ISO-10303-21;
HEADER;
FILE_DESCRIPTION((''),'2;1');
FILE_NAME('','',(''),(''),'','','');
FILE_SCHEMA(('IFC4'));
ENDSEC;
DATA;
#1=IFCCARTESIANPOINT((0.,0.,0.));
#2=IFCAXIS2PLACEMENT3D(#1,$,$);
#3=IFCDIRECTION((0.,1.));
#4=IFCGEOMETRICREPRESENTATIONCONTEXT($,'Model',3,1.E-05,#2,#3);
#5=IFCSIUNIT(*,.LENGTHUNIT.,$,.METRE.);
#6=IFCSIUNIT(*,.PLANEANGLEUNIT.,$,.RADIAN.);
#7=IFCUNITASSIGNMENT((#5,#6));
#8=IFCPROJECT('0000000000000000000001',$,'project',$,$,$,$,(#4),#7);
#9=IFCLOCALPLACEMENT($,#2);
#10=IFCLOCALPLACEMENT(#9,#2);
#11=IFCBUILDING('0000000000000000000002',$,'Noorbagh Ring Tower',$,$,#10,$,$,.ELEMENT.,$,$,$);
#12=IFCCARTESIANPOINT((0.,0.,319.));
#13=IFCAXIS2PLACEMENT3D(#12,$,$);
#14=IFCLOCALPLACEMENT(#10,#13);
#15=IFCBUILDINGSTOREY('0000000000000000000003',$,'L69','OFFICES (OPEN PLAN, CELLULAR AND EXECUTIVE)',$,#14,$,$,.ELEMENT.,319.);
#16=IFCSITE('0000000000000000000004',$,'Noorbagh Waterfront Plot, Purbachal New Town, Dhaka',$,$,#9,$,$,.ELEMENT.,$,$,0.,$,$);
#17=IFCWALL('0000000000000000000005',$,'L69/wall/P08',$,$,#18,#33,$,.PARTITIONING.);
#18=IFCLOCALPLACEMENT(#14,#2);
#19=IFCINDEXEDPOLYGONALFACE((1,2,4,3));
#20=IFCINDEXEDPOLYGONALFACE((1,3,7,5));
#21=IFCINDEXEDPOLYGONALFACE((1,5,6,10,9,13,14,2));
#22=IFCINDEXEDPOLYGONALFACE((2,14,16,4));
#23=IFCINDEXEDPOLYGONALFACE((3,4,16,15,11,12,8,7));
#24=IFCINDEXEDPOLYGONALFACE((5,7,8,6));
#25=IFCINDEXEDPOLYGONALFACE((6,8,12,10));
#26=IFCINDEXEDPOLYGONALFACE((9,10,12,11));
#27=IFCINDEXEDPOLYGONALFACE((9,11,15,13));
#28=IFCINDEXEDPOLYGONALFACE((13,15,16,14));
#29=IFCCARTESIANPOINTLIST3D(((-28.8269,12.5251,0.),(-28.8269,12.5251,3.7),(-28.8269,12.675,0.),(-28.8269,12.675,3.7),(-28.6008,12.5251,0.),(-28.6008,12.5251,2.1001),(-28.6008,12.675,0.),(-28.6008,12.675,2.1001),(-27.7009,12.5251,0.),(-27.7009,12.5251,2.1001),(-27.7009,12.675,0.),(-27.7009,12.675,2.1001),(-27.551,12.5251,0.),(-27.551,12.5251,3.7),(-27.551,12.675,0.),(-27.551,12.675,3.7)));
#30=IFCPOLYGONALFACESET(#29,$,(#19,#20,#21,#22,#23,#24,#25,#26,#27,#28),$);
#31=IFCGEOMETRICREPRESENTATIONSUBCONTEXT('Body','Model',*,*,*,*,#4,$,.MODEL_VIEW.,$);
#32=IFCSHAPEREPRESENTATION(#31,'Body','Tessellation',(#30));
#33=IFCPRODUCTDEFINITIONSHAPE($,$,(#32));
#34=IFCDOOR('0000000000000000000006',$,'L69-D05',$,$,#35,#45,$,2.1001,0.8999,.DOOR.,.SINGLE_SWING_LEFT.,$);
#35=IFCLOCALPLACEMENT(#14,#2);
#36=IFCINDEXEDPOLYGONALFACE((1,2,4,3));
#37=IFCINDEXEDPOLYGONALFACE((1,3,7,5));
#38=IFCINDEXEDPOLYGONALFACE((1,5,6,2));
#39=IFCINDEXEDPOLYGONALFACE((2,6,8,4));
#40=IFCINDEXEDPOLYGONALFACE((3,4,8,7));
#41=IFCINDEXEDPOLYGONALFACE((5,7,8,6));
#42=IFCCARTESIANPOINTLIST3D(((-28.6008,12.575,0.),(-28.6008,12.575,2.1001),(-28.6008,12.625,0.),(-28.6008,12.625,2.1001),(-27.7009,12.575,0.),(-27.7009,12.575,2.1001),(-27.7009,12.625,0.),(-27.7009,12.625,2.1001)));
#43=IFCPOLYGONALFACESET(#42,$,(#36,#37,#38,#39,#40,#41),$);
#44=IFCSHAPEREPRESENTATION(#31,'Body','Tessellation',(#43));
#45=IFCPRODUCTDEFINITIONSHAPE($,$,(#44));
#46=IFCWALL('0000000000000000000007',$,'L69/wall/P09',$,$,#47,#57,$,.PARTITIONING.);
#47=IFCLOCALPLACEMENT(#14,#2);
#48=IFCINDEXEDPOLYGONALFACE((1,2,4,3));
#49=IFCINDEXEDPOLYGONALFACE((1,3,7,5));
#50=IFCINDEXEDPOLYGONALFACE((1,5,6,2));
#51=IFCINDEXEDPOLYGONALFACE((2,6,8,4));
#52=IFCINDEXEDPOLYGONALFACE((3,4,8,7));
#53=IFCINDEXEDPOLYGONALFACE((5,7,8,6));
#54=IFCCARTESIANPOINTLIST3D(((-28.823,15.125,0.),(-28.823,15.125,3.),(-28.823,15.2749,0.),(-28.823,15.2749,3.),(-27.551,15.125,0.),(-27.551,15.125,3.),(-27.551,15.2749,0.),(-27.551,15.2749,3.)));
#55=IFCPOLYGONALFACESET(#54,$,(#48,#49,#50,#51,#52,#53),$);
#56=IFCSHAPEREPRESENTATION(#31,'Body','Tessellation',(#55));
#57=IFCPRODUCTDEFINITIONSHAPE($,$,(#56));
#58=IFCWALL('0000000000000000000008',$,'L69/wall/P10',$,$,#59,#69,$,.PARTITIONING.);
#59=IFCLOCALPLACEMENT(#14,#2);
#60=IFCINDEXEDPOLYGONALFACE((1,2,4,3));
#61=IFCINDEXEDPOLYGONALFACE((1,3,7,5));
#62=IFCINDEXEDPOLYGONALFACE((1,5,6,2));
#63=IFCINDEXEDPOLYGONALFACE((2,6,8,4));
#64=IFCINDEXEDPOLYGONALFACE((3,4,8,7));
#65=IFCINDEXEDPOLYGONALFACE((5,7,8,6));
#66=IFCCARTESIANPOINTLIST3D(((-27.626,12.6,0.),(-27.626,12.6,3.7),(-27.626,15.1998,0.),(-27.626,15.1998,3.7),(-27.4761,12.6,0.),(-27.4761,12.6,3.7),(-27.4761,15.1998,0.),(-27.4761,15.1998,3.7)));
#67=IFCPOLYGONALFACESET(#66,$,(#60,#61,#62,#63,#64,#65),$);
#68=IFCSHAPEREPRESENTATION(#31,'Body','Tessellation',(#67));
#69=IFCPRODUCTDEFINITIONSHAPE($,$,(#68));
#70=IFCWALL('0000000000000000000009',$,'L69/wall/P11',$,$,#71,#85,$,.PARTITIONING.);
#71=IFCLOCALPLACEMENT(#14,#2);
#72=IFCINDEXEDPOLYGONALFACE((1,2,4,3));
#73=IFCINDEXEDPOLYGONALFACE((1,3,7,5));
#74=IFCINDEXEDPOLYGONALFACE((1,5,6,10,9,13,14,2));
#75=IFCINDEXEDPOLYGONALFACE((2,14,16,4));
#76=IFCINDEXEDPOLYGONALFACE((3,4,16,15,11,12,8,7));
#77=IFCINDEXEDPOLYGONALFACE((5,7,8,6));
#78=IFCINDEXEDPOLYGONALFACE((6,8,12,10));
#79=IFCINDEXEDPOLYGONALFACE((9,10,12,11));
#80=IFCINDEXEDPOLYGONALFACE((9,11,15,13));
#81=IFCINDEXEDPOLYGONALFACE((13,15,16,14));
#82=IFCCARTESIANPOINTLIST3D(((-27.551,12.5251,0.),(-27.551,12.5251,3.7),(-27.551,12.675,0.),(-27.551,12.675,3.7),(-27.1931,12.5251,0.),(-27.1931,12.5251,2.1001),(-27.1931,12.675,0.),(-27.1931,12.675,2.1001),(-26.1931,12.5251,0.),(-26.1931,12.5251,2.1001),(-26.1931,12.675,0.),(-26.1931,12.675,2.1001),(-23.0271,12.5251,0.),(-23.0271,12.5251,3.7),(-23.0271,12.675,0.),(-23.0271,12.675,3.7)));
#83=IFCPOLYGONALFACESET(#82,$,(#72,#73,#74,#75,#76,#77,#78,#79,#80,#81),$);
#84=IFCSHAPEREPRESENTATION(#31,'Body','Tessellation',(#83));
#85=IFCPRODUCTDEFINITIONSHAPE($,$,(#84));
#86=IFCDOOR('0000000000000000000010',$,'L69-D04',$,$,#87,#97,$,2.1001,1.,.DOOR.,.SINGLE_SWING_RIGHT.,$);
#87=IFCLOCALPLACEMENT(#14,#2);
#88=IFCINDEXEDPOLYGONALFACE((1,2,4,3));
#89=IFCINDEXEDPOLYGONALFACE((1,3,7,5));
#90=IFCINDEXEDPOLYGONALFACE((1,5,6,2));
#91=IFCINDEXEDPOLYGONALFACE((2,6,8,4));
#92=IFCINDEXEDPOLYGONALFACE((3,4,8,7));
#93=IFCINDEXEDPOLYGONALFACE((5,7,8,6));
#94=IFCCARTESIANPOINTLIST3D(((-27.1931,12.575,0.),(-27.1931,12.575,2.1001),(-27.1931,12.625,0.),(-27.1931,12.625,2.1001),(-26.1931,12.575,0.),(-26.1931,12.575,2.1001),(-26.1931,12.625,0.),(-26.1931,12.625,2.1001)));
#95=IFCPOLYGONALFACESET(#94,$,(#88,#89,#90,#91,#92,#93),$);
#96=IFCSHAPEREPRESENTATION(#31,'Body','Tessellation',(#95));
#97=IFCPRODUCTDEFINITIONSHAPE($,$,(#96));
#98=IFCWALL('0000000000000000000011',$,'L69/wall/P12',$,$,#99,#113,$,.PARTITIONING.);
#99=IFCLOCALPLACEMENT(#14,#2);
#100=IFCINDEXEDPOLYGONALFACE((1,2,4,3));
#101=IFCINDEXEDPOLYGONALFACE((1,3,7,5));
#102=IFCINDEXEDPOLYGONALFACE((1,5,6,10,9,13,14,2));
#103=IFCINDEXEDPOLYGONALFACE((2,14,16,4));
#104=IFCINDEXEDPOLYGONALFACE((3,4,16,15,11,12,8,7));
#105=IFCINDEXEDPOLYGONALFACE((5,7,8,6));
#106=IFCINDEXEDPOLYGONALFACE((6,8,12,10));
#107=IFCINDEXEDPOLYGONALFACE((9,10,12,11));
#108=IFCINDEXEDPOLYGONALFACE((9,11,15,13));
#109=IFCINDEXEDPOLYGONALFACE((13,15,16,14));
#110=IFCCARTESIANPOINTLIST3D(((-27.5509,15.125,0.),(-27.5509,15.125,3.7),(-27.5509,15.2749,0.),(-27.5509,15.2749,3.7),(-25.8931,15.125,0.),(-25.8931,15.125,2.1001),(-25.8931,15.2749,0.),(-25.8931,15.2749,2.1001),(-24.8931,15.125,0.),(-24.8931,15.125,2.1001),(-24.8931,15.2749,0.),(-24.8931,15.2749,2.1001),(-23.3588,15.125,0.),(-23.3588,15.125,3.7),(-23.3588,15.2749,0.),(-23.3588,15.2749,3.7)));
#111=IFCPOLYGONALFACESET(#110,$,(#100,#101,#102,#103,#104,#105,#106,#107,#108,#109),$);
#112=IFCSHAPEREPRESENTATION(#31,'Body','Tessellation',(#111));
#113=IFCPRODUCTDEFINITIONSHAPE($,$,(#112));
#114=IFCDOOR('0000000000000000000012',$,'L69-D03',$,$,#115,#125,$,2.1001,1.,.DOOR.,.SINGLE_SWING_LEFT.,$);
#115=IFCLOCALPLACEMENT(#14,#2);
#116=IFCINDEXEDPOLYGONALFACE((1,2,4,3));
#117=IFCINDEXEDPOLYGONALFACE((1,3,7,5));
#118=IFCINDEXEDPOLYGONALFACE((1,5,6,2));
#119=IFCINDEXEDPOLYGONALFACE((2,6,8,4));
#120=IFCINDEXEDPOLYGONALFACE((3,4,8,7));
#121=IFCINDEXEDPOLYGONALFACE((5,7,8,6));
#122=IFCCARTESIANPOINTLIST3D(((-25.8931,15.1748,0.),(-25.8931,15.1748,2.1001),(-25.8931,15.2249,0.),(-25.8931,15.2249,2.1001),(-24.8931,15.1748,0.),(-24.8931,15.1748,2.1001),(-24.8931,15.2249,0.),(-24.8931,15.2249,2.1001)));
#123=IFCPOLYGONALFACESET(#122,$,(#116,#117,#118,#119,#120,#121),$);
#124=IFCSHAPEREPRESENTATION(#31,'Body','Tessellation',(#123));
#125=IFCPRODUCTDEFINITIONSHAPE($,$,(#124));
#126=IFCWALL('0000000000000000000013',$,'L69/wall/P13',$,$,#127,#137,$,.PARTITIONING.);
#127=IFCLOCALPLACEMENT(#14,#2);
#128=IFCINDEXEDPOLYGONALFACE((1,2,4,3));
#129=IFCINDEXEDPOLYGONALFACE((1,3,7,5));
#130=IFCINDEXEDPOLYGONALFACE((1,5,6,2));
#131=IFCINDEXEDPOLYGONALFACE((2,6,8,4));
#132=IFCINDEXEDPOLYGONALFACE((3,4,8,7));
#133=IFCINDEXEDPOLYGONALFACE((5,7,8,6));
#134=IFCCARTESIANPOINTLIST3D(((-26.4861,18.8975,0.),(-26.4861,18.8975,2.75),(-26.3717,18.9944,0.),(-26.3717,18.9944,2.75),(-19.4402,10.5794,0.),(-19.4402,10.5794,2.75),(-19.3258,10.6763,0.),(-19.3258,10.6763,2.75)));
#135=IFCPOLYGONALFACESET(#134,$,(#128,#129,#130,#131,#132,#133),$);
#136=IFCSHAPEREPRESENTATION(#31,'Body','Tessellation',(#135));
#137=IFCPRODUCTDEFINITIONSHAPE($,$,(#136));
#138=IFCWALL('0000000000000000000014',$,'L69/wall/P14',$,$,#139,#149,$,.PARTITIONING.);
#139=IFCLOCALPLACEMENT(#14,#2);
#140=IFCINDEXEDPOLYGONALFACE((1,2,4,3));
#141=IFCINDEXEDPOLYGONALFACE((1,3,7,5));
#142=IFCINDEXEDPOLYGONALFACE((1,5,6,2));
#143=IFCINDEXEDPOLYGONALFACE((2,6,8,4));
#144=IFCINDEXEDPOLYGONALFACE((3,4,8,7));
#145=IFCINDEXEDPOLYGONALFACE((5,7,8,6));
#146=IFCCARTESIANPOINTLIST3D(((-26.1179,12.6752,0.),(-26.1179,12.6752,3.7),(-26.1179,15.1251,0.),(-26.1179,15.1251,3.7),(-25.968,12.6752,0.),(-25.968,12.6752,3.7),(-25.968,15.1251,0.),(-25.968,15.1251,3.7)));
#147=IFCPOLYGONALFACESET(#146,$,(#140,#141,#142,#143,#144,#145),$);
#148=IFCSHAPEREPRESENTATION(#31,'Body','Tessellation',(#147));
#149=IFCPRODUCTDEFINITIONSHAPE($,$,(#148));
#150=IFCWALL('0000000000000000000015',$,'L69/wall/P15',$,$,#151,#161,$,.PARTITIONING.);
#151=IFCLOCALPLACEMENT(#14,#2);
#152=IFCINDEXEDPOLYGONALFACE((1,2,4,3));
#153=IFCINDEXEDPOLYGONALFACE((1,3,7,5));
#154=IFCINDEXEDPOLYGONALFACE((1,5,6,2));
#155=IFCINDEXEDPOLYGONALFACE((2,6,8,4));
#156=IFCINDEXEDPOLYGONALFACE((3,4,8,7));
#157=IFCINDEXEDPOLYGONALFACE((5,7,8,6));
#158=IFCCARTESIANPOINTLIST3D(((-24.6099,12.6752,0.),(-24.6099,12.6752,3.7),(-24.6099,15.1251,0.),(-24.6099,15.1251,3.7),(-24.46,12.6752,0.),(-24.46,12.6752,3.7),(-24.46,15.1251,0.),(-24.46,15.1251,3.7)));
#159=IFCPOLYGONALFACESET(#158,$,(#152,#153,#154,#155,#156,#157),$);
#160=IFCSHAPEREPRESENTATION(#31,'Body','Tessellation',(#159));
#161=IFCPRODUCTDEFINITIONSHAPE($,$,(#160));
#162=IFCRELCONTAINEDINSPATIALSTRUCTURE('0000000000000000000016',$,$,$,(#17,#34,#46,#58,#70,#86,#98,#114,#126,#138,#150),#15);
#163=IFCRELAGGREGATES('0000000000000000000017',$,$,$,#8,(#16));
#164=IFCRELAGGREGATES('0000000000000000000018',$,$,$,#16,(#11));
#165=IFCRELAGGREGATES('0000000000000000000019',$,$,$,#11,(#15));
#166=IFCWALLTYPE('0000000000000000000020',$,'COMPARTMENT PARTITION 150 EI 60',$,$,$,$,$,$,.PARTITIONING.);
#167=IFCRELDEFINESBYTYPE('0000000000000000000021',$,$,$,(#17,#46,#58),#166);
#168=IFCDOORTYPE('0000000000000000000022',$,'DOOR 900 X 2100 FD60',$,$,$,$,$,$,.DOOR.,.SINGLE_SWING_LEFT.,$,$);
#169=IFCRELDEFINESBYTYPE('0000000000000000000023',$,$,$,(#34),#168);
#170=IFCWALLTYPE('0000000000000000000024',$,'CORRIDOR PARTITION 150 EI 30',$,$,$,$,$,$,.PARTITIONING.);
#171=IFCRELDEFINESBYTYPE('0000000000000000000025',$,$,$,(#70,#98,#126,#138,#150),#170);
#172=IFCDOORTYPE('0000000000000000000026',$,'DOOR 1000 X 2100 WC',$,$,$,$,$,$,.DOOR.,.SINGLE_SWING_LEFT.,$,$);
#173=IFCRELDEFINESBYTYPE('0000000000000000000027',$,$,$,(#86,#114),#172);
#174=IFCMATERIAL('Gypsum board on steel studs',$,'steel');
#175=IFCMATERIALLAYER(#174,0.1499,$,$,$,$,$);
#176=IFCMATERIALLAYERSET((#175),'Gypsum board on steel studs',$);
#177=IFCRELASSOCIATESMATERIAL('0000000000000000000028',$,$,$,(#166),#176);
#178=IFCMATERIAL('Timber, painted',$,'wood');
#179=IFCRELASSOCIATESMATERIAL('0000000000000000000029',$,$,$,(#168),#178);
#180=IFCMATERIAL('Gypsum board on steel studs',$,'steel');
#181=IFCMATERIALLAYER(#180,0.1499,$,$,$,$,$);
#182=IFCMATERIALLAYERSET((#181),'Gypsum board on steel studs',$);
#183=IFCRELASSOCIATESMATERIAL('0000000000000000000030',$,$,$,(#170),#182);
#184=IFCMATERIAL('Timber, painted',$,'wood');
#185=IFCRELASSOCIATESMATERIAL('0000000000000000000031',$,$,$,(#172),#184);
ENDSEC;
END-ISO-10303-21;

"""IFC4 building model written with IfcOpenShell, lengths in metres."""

from ifc_helpers import new_model, si_unit, direction, frame, frame_2d, origin, place, context, subcontext, project, spatial, rectangle, extrude, material, layer, layer_set, type_object, element, fill, save


model = new_model("IFC4")

# Units and contexts
model_context = context("Model", 3, precision=1e-05, world=origin(), true_north=direction((0.0, 1.0)))
body_context = subcontext(model_context, "Body", "Model", "MODEL_VIEW")
ifc_project = project(units=[si_unit("LENGTHUNIT", "METRE"), si_unit("PLANEANGLEUNIT", "RADIAN")], contexts=[model_context])

# Site, building, storey
site_placement = place(None, origin())
site = spatial("IfcSite", under=ifc_project, at=site_placement, Name="Noorbagh Waterfront Plot, Purbachal New Town, Dhaka", CompositionType="ELEMENT", RefElevation=0.0)
building_placement = place(site_placement, origin())
building = spatial("IfcBuilding", under=site, at=building_placement, Name="Noorbagh Ring Tower", CompositionType="ELEMENT")
storey_placement = place(building_placement, frame((0.0, 0.0, 319.0)))
storey = spatial("IfcBuildingStorey", under=building, at=storey_placement, Name="L69", Description="OFFICES (OPEN PLAN, CELLULAR AND EXECUTIVE)", CompositionType="ELEMENT", Elevation=319.0)

# Shared definitions
ifc_material_1 = material(Name="Gypsum board on steel studs", Category="steel")
ifc_layer_1 = layer(ifc_material_1, 0.1499)
ifc_layer_set_1 = layer_set([ifc_layer_1], Name="Gypsum board on steel studs")
wall_type_1 = type_object("IfcWallType", Name="COMPARTMENT PARTITION 150 EI 60", PredefinedType="PARTITIONING", material=ifc_layer_set_1)

# Wall, opening, door
wall_1_placement = place(storey_placement, frame((-28.8269, 12.6001, 0.0), z_axis=(0.0, 0.0, 1.0), x_axis=(1.0, 0.0, 0.0)))
wall_1 = element("IfcWall", 1, at=wall_1_placement, inside=storey, type_object=wall_type_1, Name="L69/wall/P08", PredefinedType="PARTITIONING", context=body_context, shape_type="SweptSolid", body=[
    extrude(rectangle(XDim=1.2759, YDim=0.1499, at=frame_2d((0.6379, 0.0))), origin(), (0.0, 0.0, 1.0), 3.7),
])
opening_1_placement = place(wall_1_placement, frame((0.2261, 0.0, 0.0)))
opening_1 = element("IfcOpeningElement", 2, at=opening_1_placement, cuts=wall_1, PredefinedType="OPENING", context=body_context, shape_type="SweptSolid", body=[
    extrude(rectangle(XDim=0.8999, YDim=2.1001, at=frame_2d((0.45, 1.05))), frame((0.0, 0.085, 0.0), z_axis=(0.0, -1.0, 0.0), x_axis=(1.0, 0.0, 0.0)), (0.0, 0.0, 1.0), 0.1699),
])
ifc_material_2 = material(Name="Timber, painted", Category="wood")
door_type_1 = type_object("IfcDoorType", Name="DOOR 900 X 2100 FD60", OperationType="SINGLE_SWING_LEFT", PredefinedType="DOOR", material=ifc_material_2)
door_1_placement = place(opening_1_placement, origin())
door_1 = element("IfcDoor", 3, at=door_1_placement, inside=storey, type_object=door_type_1, Name="L69-D05", OperationType="SINGLE_SWING_LEFT", OverallHeight=2.1001, OverallWidth=0.8999, PredefinedType="DOOR", context=body_context, shape_type="SweptSolid", body=[
    extrude(rectangle(XDim=0.8999, YDim=2.1001, at=frame_2d((0.45, 1.05))), frame((0.0, 0.0249, 0.0), z_axis=(0.0, -1.0, 0.0), x_axis=(1.0, 0.0, 0.0)), (0.0, 0.0, 1.0), 0.05),
])
fill(opening_1, door_1)

# Walls
wall_2_placement = place(storey_placement, frame((-28.823, 15.2, 0.0), z_axis=(0.0, 0.0, 1.0), x_axis=(1.0, 0.0, 0.0)))
element("IfcWall", 4, at=wall_2_placement, inside=storey, type_object=wall_type_1, Name="L69/wall/P09", PredefinedType="PARTITIONING", context=body_context, shape_type="SweptSolid", body=[
    extrude(rectangle(XDim=1.272, YDim=0.1499, at=frame_2d((0.636, 0.0))), origin(), (0.0, 0.0, 1.0), 3.0),
])
wall_3_placement = place(storey_placement, frame((-27.551, 12.6001, 0.0), z_axis=(0.0, 0.0, 1.0), x_axis=(0.0, 1.0, 0.0)))
element("IfcWall", 5, at=wall_3_placement, inside=storey, type_object=wall_type_1, Name="L69/wall/P10", PredefinedType="PARTITIONING", context=body_context, shape_type="SweptSolid", body=[
    extrude(rectangle(XDim=2.5999, YDim=0.1499, at=frame_2d((1.2998, 0.0))), origin(), (0.0, 0.0, 1.0), 3.7),
])

# Walls, openings, doors
ifc_material_3 = material(Name="Gypsum board on steel studs", Category="steel")
ifc_layer_2 = layer(ifc_material_3, 0.1499)
ifc_layer_set_2 = layer_set([ifc_layer_2], Name="Gypsum board on steel studs")
wall_type_2 = type_object("IfcWallType", Name="CORRIDOR PARTITION 150 EI 30", PredefinedType="PARTITIONING", material=ifc_layer_set_2)
wall_4_placement = place(storey_placement, frame((-27.551, 12.6001, 0.0), z_axis=(0.0, 0.0, 1.0), x_axis=(1.0, 0.0, 0.0)))
wall_4 = element("IfcWall", 6, at=wall_4_placement, inside=storey, type_object=wall_type_2, Name="L69/wall/P11", PredefinedType="PARTITIONING", context=body_context, shape_type="SweptSolid", body=[
    extrude(rectangle(XDim=4.5239, YDim=0.1499, at=frame_2d((2.262, 0.0))), origin(), (0.0, 0.0, 1.0), 3.7),
])
opening_2_placement = place(wall_4_placement, frame((0.3579, 0.0, 0.0)))
opening_2 = element("IfcOpeningElement", 7, at=opening_2_placement, cuts=wall_4, PredefinedType="OPENING", context=body_context, shape_type="SweptSolid", body=[
    extrude(rectangle(XDim=1.0, YDim=2.1001, at=frame_2d((0.5, 1.05))), frame((0.0, 0.085, 0.0), z_axis=(0.0, -1.0, 0.0), x_axis=(1.0, 0.0, 0.0)), (0.0, 0.0, 1.0), 0.1699),
])
ifc_material_4 = material(Name="Timber, painted", Category="wood")
door_type_2 = type_object("IfcDoorType", Name="DOOR 1000 X 2100 WC", OperationType="SINGLE_SWING_LEFT", PredefinedType="DOOR", material=ifc_material_4)
door_2_placement = place(opening_2_placement, origin())
door_2 = element("IfcDoor", 8, at=door_2_placement, inside=storey, type_object=door_type_2, Name="L69-D04", OperationType="SINGLE_SWING_RIGHT", OverallHeight=2.1001, OverallWidth=1.0, PredefinedType="DOOR", context=body_context, shape_type="SweptSolid", body=[
    extrude(rectangle(XDim=1.0, YDim=2.1001, at=frame_2d((0.5, 1.05))), frame((0.0, 0.0249, 0.0), z_axis=(0.0, -1.0, 0.0), x_axis=(1.0, 0.0, 0.0)), (0.0, 0.0, 1.0), 0.05),
])
fill(opening_2, door_2)
wall_5_placement = place(storey_placement, frame((-27.551, 15.2, 0.0), z_axis=(0.0, 0.0, 1.0), x_axis=(1.0, 0.0, 0.0)))
wall_5 = element("IfcWall", 9, at=wall_5_placement, inside=storey, type_object=wall_type_2, Name="L69/wall/P12", PredefinedType="PARTITIONING", context=body_context, shape_type="SweptSolid", body=[
    extrude(rectangle(XDim=4.1921, YDim=0.1499, at=frame_2d((2.0962, 0.0))), origin(), (0.0, 0.0, 1.0), 3.7),
])
opening_3_placement = place(wall_5_placement, frame((1.658, 0.0, 0.0)))
opening_3 = element("IfcOpeningElement", 10, at=opening_3_placement, cuts=wall_5, PredefinedType="OPENING", context=body_context, shape_type="SweptSolid", body=[
    extrude(rectangle(XDim=1.0, YDim=2.1001, at=frame_2d((0.5, 1.05))), frame((0.0, 0.085, 0.0), z_axis=(0.0, -1.0, 0.0), x_axis=(1.0, 0.0, 0.0)), (0.0, 0.0, 1.0), 0.1699),
])
door_3_placement = place(opening_3_placement, origin())
door_3 = element("IfcDoor", 11, at=door_3_placement, inside=storey, type_object=door_type_2, Name="L69-D03", OperationType="SINGLE_SWING_LEFT", OverallHeight=2.1001, OverallWidth=1.0, PredefinedType="DOOR", context=body_context, shape_type="SweptSolid", body=[
    extrude(rectangle(XDim=1.0, YDim=2.1001, at=frame_2d((0.5, 1.05))), frame((0.0, 0.0249, 0.0), z_axis=(0.0, -1.0, 0.0), x_axis=(1.0, 0.0, 0.0)), (0.0, 0.0, 1.0), 0.05),
])
fill(opening_3, door_3)

# Walls
wall_6_placement = place(storey_placement, frame((-26.429, 18.946, 0.0), z_axis=(0.0, 0.0, 1.0), x_axis=(0.646343, -0.763047, 0.0)))
element("IfcWall", 12, at=wall_6_placement, inside=storey, type_object=wall_type_2, Name="L69/wall/P13", PredefinedType="PARTITIONING", context=body_context, shape_type="SweptSolid", body=[
    extrude(rectangle(XDim=10.9011, YDim=0.1499, at=frame_2d((5.4507, 0.0))), origin(), (0.0, 0.0, 1.0), 2.75),
])
for number, where, z_axis, x_axis, name in (
    (13, (-26.043, 12.675, 0.0), (0.0, 0.0, 1.0), (0.0, 1.0, 0.0), "L69/wall/P14"),
    (14, (-24.5349, 12.675, 0.0), (0.0, 0.0, 1.0), (0.0, 1.0, 0.0), "L69/wall/P15"),
):
    element("IfcWall", number, at=place(storey_placement, frame(where, z_axis=z_axis, x_axis=x_axis)), inside=storey, type_object=wall_type_2, Name=name, PredefinedType="PARTITIONING", context=body_context, shape_type="SweptSolid", body=[
        extrude(rectangle(XDim=2.45, YDim=0.1499, at=frame_2d((1.2251, 0.0))), origin(), (0.0, 0.0, 1.0), 3.7),
    ])

save(model, "model.ifc")
